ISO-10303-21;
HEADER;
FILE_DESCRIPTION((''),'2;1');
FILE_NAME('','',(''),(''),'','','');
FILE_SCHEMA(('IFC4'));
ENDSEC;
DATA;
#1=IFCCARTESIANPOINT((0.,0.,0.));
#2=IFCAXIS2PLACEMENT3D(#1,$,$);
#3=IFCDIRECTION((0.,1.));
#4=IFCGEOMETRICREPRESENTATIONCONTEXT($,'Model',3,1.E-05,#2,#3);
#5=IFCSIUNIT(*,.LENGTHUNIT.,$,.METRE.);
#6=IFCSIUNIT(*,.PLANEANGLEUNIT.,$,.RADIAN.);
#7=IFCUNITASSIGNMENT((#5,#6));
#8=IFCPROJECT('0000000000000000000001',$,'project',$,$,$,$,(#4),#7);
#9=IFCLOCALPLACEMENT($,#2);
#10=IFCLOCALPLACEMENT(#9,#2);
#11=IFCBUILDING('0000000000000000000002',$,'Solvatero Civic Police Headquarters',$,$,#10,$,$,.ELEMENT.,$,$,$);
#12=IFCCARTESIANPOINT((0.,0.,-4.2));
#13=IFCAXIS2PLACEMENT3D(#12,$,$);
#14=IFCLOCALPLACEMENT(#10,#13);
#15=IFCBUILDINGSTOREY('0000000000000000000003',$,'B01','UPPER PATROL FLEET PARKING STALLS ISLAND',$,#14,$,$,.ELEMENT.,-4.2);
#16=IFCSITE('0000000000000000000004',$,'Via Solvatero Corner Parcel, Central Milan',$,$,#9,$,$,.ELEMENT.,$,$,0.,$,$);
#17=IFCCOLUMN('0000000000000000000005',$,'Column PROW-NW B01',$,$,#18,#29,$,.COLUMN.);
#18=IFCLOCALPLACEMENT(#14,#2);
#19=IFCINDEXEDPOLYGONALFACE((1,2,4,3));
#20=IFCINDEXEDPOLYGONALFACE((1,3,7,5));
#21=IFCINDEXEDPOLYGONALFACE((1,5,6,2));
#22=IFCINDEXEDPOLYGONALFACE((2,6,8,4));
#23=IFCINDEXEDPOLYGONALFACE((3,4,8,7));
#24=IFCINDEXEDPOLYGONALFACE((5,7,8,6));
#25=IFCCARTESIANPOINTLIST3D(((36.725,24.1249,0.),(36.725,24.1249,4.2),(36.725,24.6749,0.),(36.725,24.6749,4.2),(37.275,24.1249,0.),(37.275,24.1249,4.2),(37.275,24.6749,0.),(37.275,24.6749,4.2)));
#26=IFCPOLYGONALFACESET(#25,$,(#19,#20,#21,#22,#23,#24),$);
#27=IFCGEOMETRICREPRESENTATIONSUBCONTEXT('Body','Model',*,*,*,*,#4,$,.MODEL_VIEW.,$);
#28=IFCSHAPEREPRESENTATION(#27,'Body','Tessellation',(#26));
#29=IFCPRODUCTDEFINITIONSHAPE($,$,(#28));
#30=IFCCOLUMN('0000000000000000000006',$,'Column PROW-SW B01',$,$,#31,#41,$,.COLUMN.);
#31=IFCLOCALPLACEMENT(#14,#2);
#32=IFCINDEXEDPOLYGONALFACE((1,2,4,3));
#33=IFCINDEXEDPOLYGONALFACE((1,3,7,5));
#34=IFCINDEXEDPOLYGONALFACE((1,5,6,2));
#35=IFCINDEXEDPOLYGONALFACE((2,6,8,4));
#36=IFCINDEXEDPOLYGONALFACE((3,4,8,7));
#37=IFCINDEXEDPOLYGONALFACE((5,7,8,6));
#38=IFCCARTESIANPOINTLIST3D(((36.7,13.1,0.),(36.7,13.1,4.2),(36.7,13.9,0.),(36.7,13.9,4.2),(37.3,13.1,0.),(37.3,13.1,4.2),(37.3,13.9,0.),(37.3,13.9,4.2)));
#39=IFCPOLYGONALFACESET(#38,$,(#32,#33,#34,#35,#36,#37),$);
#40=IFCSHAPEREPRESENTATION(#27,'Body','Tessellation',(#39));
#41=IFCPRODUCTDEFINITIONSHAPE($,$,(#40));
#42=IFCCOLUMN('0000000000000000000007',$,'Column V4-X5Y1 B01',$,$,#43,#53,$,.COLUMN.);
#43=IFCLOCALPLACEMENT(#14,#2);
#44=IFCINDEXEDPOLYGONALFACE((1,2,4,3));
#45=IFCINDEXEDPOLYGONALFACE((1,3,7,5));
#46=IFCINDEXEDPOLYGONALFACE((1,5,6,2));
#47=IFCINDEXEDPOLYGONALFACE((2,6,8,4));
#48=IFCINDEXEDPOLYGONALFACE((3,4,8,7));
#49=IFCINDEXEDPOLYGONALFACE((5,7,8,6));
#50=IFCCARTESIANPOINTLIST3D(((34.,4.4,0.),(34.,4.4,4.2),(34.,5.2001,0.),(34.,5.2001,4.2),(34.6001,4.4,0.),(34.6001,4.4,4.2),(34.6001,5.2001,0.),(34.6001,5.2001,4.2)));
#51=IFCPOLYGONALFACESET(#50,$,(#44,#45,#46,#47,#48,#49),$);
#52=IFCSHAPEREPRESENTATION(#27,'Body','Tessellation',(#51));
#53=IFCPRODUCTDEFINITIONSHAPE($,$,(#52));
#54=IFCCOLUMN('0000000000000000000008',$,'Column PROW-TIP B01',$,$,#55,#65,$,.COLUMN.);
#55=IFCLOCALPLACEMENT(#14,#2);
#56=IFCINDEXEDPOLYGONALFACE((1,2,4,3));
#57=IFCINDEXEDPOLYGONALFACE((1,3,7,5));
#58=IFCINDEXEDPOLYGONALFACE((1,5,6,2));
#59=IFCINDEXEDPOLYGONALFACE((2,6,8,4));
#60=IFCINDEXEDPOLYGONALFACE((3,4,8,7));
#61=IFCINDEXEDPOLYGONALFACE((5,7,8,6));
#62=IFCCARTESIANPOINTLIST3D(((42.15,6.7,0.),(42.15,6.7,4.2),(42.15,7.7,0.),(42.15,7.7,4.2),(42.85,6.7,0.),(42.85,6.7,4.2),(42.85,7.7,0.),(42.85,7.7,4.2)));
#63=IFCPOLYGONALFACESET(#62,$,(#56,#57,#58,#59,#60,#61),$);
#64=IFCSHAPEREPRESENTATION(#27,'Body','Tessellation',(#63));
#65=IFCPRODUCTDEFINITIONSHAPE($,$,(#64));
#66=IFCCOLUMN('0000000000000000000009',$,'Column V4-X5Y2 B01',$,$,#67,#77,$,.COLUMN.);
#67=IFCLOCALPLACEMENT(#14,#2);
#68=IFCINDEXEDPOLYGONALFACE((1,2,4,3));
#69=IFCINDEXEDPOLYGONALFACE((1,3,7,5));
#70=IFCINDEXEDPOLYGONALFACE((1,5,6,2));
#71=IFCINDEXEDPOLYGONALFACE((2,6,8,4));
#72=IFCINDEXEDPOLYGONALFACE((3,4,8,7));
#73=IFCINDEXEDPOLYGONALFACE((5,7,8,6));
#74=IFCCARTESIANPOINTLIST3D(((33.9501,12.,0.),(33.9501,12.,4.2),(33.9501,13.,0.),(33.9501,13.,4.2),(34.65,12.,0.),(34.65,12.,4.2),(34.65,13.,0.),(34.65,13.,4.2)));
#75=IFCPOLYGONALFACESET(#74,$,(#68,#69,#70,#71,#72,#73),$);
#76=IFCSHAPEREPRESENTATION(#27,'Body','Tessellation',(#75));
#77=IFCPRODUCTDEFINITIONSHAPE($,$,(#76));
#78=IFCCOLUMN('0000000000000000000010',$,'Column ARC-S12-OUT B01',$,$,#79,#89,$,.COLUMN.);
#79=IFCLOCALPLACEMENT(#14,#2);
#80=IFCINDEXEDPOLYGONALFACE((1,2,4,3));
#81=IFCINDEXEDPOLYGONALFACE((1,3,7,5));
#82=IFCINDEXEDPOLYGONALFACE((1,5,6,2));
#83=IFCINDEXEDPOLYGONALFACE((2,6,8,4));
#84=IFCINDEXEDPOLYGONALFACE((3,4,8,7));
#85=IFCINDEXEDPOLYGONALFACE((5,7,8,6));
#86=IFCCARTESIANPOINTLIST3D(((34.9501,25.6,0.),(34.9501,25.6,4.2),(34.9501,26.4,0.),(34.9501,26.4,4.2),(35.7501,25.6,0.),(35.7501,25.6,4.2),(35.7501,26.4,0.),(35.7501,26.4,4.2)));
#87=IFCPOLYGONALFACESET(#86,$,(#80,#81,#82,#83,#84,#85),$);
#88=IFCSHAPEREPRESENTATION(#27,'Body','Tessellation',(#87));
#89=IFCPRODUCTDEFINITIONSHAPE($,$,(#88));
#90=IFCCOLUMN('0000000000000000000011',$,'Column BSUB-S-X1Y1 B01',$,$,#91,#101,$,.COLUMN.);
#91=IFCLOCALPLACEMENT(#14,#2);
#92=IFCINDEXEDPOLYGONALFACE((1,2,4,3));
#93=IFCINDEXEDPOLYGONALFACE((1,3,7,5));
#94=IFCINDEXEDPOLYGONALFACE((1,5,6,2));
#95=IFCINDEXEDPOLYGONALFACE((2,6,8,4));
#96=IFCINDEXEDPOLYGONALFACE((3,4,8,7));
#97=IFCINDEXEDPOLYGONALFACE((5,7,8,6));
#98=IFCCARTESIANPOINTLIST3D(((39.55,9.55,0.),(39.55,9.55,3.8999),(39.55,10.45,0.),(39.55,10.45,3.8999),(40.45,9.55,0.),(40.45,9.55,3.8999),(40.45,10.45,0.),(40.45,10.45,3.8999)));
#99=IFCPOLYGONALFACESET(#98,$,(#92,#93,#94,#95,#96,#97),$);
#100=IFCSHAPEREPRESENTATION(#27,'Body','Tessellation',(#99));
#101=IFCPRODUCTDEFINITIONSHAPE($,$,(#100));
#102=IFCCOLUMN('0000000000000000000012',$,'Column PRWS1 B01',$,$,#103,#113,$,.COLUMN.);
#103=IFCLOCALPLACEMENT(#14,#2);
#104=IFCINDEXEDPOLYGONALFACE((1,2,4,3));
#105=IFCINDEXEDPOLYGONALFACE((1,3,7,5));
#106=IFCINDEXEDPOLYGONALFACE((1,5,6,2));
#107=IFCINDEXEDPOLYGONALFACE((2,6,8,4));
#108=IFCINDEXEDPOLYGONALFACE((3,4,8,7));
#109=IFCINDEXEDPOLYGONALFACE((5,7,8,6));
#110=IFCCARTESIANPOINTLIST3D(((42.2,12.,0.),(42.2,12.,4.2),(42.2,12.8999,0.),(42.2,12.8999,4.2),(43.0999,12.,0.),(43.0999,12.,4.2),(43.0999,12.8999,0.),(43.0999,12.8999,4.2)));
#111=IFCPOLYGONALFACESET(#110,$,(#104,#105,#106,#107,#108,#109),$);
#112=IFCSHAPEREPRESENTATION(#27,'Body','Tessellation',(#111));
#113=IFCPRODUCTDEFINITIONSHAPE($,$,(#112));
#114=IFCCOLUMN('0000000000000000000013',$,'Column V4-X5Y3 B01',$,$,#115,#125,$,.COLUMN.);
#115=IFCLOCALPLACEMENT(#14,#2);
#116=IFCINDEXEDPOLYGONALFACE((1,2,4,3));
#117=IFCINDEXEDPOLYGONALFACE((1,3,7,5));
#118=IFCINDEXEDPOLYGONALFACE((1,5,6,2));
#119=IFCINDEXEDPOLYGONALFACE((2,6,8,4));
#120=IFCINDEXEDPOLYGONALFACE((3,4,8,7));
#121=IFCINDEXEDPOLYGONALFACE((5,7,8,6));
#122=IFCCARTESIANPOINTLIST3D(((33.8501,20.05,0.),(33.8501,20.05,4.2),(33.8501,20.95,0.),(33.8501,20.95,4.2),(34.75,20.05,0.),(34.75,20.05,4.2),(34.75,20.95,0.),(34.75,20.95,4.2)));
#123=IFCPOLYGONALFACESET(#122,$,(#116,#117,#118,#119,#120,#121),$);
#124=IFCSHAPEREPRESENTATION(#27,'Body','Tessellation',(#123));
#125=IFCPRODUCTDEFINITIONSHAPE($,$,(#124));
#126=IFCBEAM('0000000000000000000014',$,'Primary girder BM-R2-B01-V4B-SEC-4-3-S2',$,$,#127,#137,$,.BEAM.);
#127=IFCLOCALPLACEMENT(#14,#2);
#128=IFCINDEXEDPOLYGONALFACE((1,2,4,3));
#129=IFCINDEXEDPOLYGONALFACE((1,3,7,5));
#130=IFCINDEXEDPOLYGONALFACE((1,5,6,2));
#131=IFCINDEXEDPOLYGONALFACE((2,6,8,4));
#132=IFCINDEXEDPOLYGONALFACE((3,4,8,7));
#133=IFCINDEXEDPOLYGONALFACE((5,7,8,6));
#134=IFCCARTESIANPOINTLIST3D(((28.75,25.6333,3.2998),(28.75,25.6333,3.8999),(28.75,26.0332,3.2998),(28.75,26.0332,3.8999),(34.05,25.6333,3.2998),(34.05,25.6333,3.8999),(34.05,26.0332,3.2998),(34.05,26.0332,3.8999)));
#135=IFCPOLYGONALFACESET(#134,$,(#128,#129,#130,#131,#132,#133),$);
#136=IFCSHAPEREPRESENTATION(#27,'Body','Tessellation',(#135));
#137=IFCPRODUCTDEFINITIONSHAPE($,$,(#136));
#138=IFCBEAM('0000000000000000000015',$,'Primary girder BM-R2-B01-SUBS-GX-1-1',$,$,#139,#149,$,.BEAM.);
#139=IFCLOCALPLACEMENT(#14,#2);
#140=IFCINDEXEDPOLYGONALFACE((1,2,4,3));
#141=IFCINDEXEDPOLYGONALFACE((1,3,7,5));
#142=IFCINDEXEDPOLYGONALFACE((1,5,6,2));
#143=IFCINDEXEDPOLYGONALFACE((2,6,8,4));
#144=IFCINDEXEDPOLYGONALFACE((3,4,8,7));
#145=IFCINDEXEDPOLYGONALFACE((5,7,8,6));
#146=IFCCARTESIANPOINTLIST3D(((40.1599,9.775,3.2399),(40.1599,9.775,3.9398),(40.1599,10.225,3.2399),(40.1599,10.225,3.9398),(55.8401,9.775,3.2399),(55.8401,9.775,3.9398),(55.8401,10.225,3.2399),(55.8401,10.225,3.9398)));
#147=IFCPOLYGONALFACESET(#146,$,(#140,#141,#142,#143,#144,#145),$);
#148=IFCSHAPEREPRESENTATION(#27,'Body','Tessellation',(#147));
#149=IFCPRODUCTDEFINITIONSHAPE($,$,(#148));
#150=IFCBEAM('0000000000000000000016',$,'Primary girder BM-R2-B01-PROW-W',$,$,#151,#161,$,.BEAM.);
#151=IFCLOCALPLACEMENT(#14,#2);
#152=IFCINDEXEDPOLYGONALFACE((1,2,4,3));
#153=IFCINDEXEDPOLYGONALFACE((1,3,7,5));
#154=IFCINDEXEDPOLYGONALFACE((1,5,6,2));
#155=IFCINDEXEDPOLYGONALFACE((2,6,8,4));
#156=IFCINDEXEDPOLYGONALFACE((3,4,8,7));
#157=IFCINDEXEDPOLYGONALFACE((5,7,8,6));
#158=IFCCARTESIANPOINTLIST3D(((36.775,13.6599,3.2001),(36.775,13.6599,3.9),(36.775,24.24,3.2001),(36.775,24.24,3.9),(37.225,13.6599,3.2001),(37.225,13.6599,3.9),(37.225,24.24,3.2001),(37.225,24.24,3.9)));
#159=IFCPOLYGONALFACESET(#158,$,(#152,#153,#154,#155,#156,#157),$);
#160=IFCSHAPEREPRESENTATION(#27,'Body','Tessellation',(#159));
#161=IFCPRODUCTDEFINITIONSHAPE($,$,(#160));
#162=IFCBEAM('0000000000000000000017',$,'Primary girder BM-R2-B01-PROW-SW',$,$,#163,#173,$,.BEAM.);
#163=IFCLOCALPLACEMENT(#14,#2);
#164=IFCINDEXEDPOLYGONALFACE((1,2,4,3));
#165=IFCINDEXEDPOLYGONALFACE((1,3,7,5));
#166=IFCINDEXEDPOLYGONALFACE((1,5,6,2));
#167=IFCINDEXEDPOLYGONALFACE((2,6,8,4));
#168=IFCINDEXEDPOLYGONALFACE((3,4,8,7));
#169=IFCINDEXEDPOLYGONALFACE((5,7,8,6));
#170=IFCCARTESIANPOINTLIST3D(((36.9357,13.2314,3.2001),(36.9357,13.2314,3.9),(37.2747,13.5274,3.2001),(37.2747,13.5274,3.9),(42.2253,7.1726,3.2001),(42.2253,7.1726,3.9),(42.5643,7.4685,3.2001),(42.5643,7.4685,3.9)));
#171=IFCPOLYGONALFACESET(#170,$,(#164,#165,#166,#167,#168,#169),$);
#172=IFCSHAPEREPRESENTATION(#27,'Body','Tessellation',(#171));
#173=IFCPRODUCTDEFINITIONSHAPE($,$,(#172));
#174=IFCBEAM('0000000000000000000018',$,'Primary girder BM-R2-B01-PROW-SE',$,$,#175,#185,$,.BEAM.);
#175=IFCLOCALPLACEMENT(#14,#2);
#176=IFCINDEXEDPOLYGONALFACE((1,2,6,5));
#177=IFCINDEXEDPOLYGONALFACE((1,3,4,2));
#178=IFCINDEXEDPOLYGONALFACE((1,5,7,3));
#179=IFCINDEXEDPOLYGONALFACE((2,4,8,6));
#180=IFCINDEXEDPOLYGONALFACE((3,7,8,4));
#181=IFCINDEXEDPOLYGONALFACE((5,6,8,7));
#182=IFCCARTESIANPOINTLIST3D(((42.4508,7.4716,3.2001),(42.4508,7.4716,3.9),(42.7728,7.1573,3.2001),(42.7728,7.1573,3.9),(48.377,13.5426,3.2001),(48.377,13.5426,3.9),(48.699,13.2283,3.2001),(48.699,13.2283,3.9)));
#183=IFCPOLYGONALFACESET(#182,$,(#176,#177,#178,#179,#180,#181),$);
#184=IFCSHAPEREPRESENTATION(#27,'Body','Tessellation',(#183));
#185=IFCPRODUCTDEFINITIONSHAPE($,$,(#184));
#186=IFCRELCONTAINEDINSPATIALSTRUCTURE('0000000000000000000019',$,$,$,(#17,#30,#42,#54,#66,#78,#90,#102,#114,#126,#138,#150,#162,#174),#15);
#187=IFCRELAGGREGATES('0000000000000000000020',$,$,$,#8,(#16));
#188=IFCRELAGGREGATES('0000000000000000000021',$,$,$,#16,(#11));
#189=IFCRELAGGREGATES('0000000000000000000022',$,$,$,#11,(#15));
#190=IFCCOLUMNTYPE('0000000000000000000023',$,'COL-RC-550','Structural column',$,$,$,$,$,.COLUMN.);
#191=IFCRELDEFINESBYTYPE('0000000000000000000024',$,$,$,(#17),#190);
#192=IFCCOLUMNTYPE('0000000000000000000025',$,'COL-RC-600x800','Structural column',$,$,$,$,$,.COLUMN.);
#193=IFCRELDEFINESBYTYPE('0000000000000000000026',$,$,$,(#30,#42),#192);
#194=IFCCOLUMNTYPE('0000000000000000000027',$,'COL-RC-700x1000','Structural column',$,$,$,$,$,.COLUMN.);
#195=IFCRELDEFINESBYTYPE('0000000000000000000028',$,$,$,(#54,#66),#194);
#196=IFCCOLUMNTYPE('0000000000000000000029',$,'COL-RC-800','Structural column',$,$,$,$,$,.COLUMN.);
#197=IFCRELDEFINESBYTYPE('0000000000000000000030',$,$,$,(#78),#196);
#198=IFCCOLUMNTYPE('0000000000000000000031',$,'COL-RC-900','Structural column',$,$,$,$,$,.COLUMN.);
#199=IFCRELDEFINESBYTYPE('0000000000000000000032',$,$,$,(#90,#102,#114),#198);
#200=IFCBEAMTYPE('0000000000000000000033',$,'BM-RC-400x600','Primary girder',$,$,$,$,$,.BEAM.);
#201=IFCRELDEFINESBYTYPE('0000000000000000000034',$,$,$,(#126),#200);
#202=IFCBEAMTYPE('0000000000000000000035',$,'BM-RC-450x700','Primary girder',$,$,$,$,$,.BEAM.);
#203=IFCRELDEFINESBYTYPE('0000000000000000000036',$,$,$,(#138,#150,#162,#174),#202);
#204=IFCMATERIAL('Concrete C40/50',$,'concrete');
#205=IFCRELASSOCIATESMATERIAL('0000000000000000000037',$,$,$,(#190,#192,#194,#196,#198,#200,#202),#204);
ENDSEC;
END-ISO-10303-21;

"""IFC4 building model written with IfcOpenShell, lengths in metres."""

from ifc_helpers import new_model, si_unit, direction, frame, origin, origin_2d, place, context, subcontext, project, spatial, rectangle, extrude, material, material_profile, profile_set, type_object, element, save


model = new_model("IFC4")

# Units and contexts
model_context = context("Model", 3, precision=1e-05, world=origin(), true_north=direction((0.0, 1.0)))
body_context = subcontext(model_context, "Body", "Model", "MODEL_VIEW")
ifc_project = project(units=[si_unit("LENGTHUNIT", "METRE"), si_unit("PLANEANGLEUNIT", "RADIAN")], contexts=[model_context])

# Site, building, storey
site_placement = place(None, origin())
site = spatial("IfcSite", under=ifc_project, at=site_placement, Name="Via Solvatero Corner Parcel, Central Milan", CompositionType="ELEMENT", RefElevation=0.0)
building_placement = place(site_placement, origin())
building = spatial("IfcBuilding", under=site, at=building_placement, Name="Solvatero Civic Police Headquarters", CompositionType="ELEMENT")
storey_placement = place(building_placement, frame((0.0, 0.0, -4.2)))
storey = spatial("IfcBuildingStorey", under=building, at=storey_placement, Name="B01", Description="UPPER PATROL FLEET PARKING STALLS ISLAND", CompositionType="ELEMENT", Elevation=-4.2)

# Columns
ifc_material_1 = material(Name="Concrete C40/50", Category="concrete")
ifc_material_profile_1 = material_profile(ifc_material_1, rectangle(XDim=0.55, YDim=0.55, at=origin_2d()), Name="RC 550x550")
ifc_profile_set_1 = profile_set([ifc_material_profile_1], Name="Concrete C40/50")
column_type_1 = type_object("IfcColumnType", Name="COL-RC-550", Description="Structural column", PredefinedType="COLUMN", material=ifc_profile_set_1)
column_1_placement = place(storey_placement, frame((37.0, 24.3999, 0.0), z_axis=(0.0, 0.0, 1.0), x_axis=(1.0, 0.0, 0.0)))
element("IfcColumn", 1, at=column_1_placement, inside=storey, type_object=column_type_1, Name="Column PROW-NW B01", PredefinedType="COLUMN", context=body_context, shape_type="SweptSolid", body=[
    extrude(rectangle(XDim=0.55, YDim=0.55, at=origin_2d()), origin(), (0.0, 0.0, 1.0), 4.2),
])
ifc_material_profile_2 = material_profile(ifc_material_1, rectangle(XDim=0.6001, YDim=0.8, at=origin_2d()), Name="RC 600x800")
ifc_profile_set_2 = profile_set([ifc_material_profile_2], Name="Concrete C40/50")
column_type_2 = type_object("IfcColumnType", Name="COL-RC-600x800", Description="Structural column", PredefinedType="COLUMN", material=ifc_profile_set_2)
for number, where, z_axis, x_axis, name in (
    (2, (37.0, 13.5, 0.0), (0.0, 0.0, 1.0), (1.0, 0.0, 0.0), "Column PROW-SW B01"),
    (3, (34.3, 4.8, 0.0), (0.0, 0.0, 1.0), (1.0, 0.0, 0.0), "Column V4-X5Y1 B01"),
):
    element("IfcColumn", number, at=place(storey_placement, frame(where, z_axis=z_axis, x_axis=x_axis)), inside=storey, type_object=column_type_2, Name=name, PredefinedType="COLUMN", context=body_context, shape_type="SweptSolid", body=[
        extrude(rectangle(XDim=0.6001, YDim=0.8, at=origin_2d()), origin(), (0.0, 0.0, 1.0), 4.2),
    ])
ifc_material_profile_3 = material_profile(ifc_material_1, rectangle(XDim=0.7, YDim=1.0, at=origin_2d()), Name="RC 700x1000")
ifc_profile_set_3 = profile_set([ifc_material_profile_3], Name="Concrete C40/50")
column_type_3 = type_object("IfcColumnType", Name="COL-RC-700x1000", Description="Structural column", PredefinedType="COLUMN", material=ifc_profile_set_3)
for number, where, z_axis, x_axis, name in (
    (4, (42.5, 7.2, 0.0), (0.0, 0.0, 1.0), (1.0, 0.0, 0.0), "Column PROW-TIP B01"),
    (5, (34.3, 12.5, 0.0), (0.0, 0.0, 1.0), (1.0, 0.0, 0.0), "Column V4-X5Y2 B01"),
):
    element("IfcColumn", number, at=place(storey_placement, frame(where, z_axis=z_axis, x_axis=x_axis)), inside=storey, type_object=column_type_3, Name=name, PredefinedType="COLUMN", context=body_context, shape_type="SweptSolid", body=[
        extrude(rectangle(XDim=0.7, YDim=1.0, at=origin_2d()), origin(), (0.0, 0.0, 1.0), 4.2),
    ])
ifc_material_profile_4 = material_profile(ifc_material_1, rectangle(XDim=0.8, YDim=0.8, at=origin_2d()), Name="RC 800x800")
ifc_profile_set_4 = profile_set([ifc_material_profile_4], Name="Concrete C40/50")
column_type_4 = type_object("IfcColumnType", Name="COL-RC-800", Description="Structural column", PredefinedType="COLUMN", material=ifc_profile_set_4)
column_2_placement = place(storey_placement, frame((35.3501, 26.0, 0.0), z_axis=(0.0, 0.0, 1.0), x_axis=(0.0, 1.0, 0.0)))
element("IfcColumn", 6, at=column_2_placement, inside=storey, type_object=column_type_4, Name="Column ARC-S12-OUT B01", PredefinedType="COLUMN", context=body_context, shape_type="SweptSolid", body=[
    extrude(rectangle(XDim=0.8, YDim=0.8, at=origin_2d()), origin(), (0.0, 0.0, 1.0), 4.2),
])
ifc_material_profile_5 = material_profile(ifc_material_1, rectangle(XDim=0.8999, YDim=0.8999, at=origin_2d()), Name="RC 900x900")
ifc_profile_set_5 = profile_set([ifc_material_profile_5], Name="Concrete C40/50")
column_type_5 = type_object("IfcColumnType", Name="COL-RC-900", Description="Structural column", PredefinedType="COLUMN", material=ifc_profile_set_5)
column_3_placement = place(storey_placement, frame((40.0, 10.0, 0.0), z_axis=(0.0, 0.0, 1.0), x_axis=(1.0, 0.0, 0.0)))
element("IfcColumn", 7, at=column_3_placement, inside=storey, type_object=column_type_5, Name="Column BSUB-S-X1Y1 B01", PredefinedType="COLUMN", context=body_context, shape_type="SweptSolid", body=[
    extrude(rectangle(XDim=0.8999, YDim=0.8999, at=origin_2d()), origin(), (0.0, 0.0, 1.0), 3.8999),
])
for number, where, z_axis, x_axis, name in (
    (8, (42.6499, 12.45, 0.0), (0.0, 0.0, 1.0), (1.0, 0.0, 0.0), "Column PRWS1 B01"),
    (9, (34.3, 20.5, 0.0), (0.0, 0.0, 1.0), (1.0, 0.0, 0.0), "Column V4-X5Y3 B01"),
):
    element("IfcColumn", number, at=place(storey_placement, frame(where, z_axis=z_axis, x_axis=x_axis)), inside=storey, type_object=column_type_5, Name=name, PredefinedType="COLUMN", context=body_context, shape_type="SweptSolid", body=[
        extrude(rectangle(XDim=0.8999, YDim=0.8999, at=origin_2d()), origin(), (0.0, 0.0, 1.0), 4.2),
    ])

# Beams
ifc_material_profile_6 = material_profile(ifc_material_1, rectangle(XDim=0.3999, YDim=0.6001, at=origin_2d()), Name="RC 400x600")
ifc_profile_set_6 = profile_set([ifc_material_profile_6], Name="Concrete C40/50")
beam_type_1 = type_object("IfcBeamType", Name="BM-RC-400x600", Description="Primary girder", PredefinedType="BEAM", material=ifc_profile_set_6)
beam_1_placement = place(storey_placement, frame((28.75, 25.8333, 3.5999), z_axis=(1.0, 0.0, 0.0), x_axis=(0.0, 1.0, 0.0)))
element("IfcBeam", 10, at=beam_1_placement, inside=storey, type_object=beam_type_1, Name="Primary girder BM-R2-B01-V4B-SEC-4-3-S2", PredefinedType="BEAM", context=body_context, shape_type="SweptSolid", body=[
    extrude(rectangle(XDim=0.3999, YDim=0.6001, at=origin_2d()), origin(), (0.0, 0.0, 1.0), 5.3),
])
ifc_material_profile_7 = material_profile(ifc_material_1, rectangle(XDim=0.45, YDim=0.7, at=origin_2d()), Name="RC 450x700")
ifc_profile_set_7 = profile_set([ifc_material_profile_7], Name="Concrete C40/50")
beam_type_2 = type_object("IfcBeamType", Name="BM-RC-450x700", Description="Primary girder", PredefinedType="BEAM", material=ifc_profile_set_7)
beam_2_placement = place(storey_placement, frame((40.1599, 10.0, 3.5898), z_axis=(1.0, 0.0, 0.0), x_axis=(0.0, 1.0, 0.0)))
element("IfcBeam", 11, at=beam_2_placement, inside=storey, type_object=beam_type_2, Name="Primary girder BM-R2-B01-SUBS-GX-1-1", PredefinedType="BEAM", context=body_context, shape_type="SweptSolid", body=[
    extrude(rectangle(XDim=0.45, YDim=0.7, at=origin_2d()), origin(), (0.0, 0.0, 1.0), 15.6802),
])
beam_3_placement = place(storey_placement, frame((37.0, 24.24, 3.55), z_axis=(0.0, -1.0, 0.0), x_axis=(1.0, 0.0, 0.0)))
element("IfcBeam", 12, at=beam_3_placement, inside=storey, type_object=beam_type_2, Name="Primary girder BM-R2-B01-PROW-W", PredefinedType="BEAM", context=body_context, shape_type="SweptSolid", body=[
    extrude(rectangle(XDim=0.45, YDim=0.7, at=origin_2d()), origin(), (0.0, 0.0, 1.0), 10.5801),
])
beam_4_placement = place(storey_placement, frame((37.1052, 13.3794, 3.55), z_axis=(0.657664, -0.753311, 0.0), x_axis=(0.753311, 0.657664, 0.0)))
element("IfcBeam", 13, at=beam_4_placement, inside=storey, type_object=beam_type_2, Name="Primary girder BM-R2-B01-PROW-SW", PredefinedType="BEAM", context=body_context, shape_type="SweptSolid", body=[
    extrude(rectangle(XDim=0.45, YDim=0.7, at=origin_2d()), origin(), (0.0, 0.0, 1.0), 8.043),
])
beam_5_placement = place(storey_placement, frame((42.6118, 7.3145, 3.55), z_axis=(0.698523, 0.715588, 0.0), x_axis=(-0.715588, 0.698523, 0.0)))
element("IfcBeam", 14, at=beam_5_placement, inside=storey, type_object=beam_type_2, Name="Primary girder BM-R2-B01-PROW-SE", PredefinedType="BEAM", context=body_context, shape_type="SweptSolid", body=[
    extrude(rectangle(XDim=0.45, YDim=0.7, at=origin_2d()), origin(), (0.0, 0.0, 1.0), 8.4839),
])

save(model, "model.ifc")
